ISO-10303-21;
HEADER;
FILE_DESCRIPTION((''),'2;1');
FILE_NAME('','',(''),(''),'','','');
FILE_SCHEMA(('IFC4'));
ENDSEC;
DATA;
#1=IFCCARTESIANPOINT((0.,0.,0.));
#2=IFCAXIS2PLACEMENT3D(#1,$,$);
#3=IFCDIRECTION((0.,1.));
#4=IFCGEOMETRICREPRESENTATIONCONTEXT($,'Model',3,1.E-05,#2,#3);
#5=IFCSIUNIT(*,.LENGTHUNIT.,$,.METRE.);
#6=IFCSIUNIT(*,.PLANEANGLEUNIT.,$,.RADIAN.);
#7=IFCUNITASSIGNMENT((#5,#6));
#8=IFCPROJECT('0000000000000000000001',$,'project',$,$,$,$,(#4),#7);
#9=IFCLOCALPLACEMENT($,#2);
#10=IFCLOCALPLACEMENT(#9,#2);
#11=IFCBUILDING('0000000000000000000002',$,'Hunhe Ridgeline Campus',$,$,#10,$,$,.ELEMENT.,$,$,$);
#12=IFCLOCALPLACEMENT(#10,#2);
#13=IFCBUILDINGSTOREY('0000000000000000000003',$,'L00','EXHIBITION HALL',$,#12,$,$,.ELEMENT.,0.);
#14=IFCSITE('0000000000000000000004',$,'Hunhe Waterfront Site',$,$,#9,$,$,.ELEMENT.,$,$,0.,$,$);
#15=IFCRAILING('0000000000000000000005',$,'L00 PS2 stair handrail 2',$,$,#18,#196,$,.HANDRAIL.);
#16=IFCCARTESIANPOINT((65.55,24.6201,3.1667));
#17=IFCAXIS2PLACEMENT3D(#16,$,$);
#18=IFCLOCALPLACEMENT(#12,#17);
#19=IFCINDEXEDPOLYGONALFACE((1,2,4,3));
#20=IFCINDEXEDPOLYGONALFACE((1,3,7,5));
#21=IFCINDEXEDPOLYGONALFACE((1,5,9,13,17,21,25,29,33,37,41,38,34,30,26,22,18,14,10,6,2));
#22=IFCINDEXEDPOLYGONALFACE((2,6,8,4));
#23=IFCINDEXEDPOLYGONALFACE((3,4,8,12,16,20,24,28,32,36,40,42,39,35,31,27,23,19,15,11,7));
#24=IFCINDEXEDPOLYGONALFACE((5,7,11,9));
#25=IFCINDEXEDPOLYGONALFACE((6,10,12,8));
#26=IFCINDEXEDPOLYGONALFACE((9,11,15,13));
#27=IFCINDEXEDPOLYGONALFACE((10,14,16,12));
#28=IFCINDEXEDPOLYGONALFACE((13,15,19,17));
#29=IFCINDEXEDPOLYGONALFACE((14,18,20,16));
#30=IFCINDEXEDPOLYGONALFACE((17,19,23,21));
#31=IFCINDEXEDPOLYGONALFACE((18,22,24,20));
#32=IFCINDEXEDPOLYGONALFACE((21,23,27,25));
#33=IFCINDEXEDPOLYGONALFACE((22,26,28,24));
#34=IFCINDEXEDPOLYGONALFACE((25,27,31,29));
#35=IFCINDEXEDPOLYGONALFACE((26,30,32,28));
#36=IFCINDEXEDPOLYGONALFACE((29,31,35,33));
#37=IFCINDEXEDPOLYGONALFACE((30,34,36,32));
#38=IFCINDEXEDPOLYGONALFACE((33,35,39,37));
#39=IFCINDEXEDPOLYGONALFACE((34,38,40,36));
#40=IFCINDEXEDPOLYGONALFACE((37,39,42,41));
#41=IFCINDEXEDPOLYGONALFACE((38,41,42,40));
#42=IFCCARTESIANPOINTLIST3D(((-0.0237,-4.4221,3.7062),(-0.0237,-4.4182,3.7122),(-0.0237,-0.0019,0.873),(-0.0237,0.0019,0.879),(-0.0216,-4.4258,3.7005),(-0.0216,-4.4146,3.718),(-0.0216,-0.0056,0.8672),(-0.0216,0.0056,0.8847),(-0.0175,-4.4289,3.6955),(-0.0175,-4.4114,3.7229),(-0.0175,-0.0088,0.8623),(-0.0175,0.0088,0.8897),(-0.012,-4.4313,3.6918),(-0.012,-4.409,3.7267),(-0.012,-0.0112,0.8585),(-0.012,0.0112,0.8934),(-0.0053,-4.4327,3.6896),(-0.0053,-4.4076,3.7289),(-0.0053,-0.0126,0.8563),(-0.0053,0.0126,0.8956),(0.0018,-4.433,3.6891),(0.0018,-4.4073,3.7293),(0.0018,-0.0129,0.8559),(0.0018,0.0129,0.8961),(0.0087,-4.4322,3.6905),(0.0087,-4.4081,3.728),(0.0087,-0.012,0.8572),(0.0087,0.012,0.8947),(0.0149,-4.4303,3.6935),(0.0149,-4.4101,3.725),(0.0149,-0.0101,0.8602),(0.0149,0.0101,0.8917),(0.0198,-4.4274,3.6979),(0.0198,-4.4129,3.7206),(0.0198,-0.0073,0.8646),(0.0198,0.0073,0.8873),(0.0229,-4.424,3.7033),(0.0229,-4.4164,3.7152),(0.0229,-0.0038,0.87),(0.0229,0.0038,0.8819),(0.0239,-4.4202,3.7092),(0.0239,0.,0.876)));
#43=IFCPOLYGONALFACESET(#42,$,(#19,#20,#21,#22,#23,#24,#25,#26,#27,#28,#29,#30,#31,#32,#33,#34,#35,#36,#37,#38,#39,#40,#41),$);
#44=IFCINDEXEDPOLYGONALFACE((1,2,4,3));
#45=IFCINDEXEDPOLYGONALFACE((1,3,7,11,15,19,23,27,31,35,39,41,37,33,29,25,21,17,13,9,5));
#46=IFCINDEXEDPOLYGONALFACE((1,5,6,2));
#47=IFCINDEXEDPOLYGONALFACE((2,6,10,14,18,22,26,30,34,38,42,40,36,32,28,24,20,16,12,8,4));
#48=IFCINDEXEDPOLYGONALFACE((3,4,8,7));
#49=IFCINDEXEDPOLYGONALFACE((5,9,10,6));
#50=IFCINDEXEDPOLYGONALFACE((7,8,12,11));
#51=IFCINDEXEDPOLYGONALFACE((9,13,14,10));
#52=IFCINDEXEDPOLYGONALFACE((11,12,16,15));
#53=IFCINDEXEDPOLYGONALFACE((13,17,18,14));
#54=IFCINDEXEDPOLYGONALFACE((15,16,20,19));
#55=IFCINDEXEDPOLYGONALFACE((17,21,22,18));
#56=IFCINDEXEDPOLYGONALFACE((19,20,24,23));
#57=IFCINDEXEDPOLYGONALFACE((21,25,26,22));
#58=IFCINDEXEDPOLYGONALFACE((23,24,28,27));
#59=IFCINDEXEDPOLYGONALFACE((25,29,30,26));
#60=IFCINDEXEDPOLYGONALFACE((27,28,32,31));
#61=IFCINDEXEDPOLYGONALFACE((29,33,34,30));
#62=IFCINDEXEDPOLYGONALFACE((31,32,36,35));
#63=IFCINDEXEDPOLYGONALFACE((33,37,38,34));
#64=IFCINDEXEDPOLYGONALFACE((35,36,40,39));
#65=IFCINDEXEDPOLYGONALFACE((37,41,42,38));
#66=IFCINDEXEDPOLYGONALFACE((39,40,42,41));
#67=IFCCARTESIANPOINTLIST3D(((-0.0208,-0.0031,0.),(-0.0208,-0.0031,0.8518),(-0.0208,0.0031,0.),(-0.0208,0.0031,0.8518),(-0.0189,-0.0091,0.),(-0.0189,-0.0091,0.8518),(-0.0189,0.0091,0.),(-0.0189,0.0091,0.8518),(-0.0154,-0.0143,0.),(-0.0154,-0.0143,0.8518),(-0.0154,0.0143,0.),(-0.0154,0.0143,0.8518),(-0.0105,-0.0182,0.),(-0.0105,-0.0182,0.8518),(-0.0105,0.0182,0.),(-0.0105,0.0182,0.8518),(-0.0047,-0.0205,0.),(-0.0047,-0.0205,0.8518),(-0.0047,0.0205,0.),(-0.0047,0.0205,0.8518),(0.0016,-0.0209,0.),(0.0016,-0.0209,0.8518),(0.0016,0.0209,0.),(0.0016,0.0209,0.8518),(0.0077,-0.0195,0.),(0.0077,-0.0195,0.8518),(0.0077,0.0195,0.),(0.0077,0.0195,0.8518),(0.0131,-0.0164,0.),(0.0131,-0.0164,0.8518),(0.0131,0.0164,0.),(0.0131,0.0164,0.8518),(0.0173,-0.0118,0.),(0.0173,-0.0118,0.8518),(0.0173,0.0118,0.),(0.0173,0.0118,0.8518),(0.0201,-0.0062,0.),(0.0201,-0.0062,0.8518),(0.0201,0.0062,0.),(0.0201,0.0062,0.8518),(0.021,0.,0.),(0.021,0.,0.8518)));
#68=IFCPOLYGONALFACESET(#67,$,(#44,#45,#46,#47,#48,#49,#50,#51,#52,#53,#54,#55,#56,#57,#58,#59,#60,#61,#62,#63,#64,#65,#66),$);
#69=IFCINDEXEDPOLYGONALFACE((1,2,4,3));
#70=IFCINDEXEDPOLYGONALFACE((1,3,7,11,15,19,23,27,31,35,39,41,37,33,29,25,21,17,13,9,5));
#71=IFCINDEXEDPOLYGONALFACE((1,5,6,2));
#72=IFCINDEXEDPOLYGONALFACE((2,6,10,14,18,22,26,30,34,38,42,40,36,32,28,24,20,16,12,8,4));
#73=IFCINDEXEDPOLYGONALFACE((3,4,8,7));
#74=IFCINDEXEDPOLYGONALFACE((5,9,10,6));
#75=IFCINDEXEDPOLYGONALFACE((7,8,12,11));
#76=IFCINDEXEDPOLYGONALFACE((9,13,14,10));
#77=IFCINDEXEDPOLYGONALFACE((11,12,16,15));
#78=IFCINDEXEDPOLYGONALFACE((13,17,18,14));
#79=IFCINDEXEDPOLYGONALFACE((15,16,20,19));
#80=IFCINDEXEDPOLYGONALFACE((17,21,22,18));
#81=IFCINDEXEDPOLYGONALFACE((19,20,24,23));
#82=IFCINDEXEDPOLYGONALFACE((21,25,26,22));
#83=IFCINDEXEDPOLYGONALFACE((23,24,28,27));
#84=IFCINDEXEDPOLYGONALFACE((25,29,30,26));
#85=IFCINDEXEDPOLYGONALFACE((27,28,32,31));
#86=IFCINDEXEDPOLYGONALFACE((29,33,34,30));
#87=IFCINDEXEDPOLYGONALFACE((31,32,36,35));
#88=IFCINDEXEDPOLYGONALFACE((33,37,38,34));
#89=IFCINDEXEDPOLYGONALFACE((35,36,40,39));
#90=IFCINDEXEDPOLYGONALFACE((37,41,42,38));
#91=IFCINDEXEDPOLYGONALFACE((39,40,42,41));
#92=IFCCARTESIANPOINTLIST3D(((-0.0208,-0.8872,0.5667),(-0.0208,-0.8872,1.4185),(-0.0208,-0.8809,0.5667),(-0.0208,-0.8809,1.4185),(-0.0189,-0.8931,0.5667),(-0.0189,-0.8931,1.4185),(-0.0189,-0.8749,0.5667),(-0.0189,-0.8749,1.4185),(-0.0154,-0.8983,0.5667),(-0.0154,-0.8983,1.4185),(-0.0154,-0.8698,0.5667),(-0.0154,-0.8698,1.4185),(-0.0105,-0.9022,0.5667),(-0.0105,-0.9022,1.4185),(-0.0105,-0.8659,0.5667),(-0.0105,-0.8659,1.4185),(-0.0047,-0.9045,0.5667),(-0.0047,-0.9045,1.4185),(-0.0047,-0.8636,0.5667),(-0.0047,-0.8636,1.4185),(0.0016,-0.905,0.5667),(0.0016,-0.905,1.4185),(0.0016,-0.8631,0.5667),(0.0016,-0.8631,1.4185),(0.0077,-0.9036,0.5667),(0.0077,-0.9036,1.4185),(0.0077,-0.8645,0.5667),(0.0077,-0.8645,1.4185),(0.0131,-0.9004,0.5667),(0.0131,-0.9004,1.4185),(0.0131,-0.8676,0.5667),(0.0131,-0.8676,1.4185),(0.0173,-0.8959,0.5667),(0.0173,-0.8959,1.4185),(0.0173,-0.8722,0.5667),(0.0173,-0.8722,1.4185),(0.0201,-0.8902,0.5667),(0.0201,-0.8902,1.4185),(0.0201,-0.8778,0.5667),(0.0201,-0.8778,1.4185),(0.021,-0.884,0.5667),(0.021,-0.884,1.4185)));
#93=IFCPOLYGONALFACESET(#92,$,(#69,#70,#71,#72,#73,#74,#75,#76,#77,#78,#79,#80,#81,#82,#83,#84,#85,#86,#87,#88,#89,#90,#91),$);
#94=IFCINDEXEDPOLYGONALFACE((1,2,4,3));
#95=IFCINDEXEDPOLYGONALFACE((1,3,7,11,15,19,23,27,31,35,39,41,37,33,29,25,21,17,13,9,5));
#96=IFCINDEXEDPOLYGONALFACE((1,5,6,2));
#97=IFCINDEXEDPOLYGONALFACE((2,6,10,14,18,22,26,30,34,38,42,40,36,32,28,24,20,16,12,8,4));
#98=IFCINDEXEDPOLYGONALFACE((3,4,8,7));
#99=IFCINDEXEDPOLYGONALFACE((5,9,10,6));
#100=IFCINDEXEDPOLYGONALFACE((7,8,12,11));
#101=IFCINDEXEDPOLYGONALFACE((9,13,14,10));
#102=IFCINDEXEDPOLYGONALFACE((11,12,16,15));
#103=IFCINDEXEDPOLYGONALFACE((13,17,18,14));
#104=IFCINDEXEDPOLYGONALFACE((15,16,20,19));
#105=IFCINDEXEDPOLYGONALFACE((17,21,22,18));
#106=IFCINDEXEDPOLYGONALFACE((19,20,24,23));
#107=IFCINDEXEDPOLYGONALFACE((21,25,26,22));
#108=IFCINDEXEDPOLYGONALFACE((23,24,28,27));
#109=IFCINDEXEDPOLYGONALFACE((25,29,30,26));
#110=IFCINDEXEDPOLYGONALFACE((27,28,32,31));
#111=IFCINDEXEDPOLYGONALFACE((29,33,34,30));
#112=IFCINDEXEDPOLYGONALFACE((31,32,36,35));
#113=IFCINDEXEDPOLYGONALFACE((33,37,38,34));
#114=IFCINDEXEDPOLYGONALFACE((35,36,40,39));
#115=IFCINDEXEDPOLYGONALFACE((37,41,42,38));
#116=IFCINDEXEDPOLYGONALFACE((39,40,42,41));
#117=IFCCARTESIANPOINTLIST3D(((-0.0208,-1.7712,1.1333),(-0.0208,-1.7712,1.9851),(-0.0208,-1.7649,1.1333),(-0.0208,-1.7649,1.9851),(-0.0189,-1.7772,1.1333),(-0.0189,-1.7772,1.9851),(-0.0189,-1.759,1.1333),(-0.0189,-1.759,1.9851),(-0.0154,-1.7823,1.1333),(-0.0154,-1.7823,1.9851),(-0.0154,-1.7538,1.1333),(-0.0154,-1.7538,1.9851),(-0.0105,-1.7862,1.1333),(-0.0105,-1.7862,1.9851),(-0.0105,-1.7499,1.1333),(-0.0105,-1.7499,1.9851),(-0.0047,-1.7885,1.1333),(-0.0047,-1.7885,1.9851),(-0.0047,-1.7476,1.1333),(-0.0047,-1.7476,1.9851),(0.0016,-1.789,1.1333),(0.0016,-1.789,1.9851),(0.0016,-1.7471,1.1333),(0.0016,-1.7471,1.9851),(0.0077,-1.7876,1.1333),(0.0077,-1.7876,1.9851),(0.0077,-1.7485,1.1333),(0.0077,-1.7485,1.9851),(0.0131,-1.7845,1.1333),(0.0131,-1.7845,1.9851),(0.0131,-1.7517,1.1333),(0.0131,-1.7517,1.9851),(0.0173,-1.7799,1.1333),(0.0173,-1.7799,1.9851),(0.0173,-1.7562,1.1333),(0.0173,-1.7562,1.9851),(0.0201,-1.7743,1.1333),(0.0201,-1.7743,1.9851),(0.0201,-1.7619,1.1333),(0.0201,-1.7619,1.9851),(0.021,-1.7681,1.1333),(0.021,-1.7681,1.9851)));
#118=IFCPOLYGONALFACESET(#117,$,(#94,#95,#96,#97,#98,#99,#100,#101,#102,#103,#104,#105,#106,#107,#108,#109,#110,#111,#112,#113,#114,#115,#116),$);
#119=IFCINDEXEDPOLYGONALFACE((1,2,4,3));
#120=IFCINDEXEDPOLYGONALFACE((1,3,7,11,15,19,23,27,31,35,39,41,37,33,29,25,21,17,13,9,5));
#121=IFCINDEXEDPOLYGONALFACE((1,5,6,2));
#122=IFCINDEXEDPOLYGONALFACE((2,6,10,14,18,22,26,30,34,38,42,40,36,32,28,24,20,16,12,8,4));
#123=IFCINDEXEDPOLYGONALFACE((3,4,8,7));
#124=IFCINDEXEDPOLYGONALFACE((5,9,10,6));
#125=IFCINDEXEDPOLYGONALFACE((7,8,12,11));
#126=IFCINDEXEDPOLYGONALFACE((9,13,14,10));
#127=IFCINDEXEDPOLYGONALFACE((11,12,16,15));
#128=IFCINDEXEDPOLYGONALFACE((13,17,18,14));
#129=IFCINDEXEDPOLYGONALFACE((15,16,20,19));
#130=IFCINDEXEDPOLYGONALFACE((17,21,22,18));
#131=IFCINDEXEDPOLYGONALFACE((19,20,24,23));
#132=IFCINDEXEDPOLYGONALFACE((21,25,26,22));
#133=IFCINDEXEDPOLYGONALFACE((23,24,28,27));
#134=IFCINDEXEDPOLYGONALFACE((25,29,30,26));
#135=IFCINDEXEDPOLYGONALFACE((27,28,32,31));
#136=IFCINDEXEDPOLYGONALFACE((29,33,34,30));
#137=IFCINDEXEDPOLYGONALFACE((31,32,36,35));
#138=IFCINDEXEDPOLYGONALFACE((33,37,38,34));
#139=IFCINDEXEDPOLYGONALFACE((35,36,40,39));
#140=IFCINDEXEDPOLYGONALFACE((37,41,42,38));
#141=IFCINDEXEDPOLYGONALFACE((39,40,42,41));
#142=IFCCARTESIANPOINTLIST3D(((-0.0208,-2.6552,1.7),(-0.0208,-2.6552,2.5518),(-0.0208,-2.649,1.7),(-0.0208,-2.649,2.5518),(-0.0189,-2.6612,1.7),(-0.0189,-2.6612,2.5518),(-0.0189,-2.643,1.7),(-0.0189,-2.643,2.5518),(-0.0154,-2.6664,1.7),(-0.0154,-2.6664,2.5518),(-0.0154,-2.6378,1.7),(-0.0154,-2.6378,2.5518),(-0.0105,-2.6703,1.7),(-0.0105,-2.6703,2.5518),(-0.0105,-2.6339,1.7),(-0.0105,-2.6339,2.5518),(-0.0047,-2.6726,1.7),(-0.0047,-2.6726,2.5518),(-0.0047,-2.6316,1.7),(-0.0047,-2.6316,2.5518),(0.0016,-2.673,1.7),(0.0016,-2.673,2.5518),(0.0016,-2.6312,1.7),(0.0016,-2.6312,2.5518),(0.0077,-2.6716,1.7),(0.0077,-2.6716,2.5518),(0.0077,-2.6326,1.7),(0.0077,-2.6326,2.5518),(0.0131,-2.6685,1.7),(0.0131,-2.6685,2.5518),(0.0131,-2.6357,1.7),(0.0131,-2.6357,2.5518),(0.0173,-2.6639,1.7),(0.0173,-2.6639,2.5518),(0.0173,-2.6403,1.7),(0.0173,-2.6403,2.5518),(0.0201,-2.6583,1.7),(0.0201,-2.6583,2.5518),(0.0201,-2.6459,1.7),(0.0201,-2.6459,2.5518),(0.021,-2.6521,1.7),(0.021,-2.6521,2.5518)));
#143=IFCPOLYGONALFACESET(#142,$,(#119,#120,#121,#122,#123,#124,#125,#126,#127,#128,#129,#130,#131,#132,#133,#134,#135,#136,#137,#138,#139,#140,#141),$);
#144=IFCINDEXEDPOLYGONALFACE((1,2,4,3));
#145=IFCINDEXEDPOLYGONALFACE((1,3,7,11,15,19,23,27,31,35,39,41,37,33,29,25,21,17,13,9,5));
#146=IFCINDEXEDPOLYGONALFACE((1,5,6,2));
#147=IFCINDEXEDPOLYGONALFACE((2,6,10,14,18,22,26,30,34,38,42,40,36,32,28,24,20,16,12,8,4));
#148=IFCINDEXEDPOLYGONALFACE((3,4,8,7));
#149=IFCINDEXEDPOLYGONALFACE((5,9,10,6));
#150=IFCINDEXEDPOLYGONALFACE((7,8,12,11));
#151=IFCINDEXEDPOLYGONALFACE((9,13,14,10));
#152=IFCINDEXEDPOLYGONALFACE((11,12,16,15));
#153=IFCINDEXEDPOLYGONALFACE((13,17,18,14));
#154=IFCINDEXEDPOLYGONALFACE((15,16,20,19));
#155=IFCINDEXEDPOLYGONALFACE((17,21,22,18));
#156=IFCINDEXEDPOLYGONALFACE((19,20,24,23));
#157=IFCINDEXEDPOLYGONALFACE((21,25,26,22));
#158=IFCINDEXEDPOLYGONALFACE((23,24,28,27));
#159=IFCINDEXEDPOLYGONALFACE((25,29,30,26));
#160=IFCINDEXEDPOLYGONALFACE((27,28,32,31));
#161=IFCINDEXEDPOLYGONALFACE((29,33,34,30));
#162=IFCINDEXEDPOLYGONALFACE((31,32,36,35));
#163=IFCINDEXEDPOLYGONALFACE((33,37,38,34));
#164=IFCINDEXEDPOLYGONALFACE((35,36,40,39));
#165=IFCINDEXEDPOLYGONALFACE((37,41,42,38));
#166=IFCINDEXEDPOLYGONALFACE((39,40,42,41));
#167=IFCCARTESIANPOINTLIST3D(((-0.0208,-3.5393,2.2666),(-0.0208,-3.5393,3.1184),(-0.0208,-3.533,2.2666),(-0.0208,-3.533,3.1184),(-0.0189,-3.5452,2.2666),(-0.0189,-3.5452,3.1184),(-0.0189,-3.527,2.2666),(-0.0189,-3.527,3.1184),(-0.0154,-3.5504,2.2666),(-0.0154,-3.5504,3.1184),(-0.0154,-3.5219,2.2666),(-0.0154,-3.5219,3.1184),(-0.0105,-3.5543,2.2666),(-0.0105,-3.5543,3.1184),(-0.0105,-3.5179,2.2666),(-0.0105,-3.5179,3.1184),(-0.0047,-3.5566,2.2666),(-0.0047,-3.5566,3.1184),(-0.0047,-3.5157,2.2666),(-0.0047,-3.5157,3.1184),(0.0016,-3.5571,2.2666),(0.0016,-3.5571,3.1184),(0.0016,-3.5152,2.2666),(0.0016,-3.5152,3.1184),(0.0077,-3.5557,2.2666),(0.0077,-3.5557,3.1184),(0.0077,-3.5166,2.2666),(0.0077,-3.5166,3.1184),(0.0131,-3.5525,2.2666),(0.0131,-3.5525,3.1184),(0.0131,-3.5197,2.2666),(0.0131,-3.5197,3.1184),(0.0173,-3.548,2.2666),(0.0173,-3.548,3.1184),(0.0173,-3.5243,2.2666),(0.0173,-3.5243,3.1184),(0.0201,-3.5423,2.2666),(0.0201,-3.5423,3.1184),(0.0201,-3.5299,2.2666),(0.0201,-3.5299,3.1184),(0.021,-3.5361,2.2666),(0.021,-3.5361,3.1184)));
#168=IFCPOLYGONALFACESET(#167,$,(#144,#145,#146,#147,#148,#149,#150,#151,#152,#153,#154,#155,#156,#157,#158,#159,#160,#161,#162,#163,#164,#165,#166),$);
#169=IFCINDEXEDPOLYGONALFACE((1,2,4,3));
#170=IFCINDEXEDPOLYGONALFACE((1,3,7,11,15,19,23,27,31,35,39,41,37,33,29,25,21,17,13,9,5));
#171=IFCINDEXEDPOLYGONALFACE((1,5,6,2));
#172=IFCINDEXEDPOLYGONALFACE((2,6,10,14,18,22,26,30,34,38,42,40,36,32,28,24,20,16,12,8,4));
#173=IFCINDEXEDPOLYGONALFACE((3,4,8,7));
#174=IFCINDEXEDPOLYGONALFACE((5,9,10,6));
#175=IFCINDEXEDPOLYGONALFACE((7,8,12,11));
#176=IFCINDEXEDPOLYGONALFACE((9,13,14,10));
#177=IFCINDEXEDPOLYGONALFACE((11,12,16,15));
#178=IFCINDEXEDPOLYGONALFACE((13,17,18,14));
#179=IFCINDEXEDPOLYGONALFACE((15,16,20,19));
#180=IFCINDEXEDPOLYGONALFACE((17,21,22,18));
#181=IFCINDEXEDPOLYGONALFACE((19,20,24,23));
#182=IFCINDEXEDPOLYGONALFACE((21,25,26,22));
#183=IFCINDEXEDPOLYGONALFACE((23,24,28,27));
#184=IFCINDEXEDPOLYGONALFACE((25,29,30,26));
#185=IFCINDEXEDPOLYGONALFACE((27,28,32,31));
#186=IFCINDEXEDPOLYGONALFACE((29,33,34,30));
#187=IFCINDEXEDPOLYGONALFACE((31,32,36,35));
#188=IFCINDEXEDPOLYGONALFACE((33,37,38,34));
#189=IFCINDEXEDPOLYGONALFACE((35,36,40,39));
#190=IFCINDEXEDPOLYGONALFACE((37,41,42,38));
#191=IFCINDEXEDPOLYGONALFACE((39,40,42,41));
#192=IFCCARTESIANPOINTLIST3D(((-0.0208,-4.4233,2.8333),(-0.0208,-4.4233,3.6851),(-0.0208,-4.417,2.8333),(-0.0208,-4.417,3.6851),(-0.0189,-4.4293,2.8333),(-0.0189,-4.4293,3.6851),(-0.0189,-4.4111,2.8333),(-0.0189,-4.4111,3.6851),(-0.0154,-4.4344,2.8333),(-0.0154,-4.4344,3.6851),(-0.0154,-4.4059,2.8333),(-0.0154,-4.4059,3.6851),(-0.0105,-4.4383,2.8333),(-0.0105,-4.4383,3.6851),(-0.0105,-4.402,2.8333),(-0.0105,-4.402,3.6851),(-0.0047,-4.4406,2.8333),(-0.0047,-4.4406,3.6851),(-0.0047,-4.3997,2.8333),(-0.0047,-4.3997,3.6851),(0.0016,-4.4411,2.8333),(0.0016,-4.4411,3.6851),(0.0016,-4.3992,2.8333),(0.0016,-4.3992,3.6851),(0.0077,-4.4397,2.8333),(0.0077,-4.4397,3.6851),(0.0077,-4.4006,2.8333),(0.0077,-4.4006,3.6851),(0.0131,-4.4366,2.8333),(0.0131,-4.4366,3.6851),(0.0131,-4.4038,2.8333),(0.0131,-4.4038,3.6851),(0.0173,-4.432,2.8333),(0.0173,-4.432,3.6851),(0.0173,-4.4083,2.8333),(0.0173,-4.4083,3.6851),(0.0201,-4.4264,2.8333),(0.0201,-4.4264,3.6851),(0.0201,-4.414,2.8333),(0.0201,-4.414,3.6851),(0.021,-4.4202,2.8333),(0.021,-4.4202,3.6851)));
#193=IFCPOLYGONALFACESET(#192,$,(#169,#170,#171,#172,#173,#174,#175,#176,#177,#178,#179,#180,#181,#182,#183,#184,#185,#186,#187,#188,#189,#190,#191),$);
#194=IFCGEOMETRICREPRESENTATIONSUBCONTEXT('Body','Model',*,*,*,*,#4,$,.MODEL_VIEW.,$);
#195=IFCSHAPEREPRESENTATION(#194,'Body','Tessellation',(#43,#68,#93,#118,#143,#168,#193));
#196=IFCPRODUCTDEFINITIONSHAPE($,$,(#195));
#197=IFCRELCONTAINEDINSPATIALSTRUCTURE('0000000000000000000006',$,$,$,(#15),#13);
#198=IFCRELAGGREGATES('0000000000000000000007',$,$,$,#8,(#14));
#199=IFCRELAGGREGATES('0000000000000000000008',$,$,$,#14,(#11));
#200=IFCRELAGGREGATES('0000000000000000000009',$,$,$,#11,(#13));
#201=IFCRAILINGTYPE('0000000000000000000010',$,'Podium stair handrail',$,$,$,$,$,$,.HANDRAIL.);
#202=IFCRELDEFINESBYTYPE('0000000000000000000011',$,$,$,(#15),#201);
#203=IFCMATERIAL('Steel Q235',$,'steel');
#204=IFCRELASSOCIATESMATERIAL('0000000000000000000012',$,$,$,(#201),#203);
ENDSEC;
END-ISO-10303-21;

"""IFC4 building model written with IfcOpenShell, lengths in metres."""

from ifc_helpers import new_model, si_unit, direction, frame, origin, origin_2d, place, context, subcontext, project, spatial, circle, extrude, material, type_object, element, save


model = new_model("IFC4")

# Units and contexts
model_context = context("Model", 3, precision=1e-05, world=origin(), true_north=direction((0.0, 1.0)))
body_context = subcontext(model_context, "Body", "Model", "MODEL_VIEW")
ifc_project = project(units=[si_unit("LENGTHUNIT", "METRE"), si_unit("PLANEANGLEUNIT", "RADIAN")], contexts=[model_context])

# Site, building, storey
site_placement = place(None, origin())
site = spatial("IfcSite", under=ifc_project, at=site_placement, Name="Hunhe Waterfront Site", CompositionType="ELEMENT", RefElevation=0.0)
building_placement = place(site_placement, origin())
building = spatial("IfcBuilding", under=site, at=building_placement, Name="Hunhe Ridgeline Campus", CompositionType="ELEMENT")
storey_placement = place(building_placement, origin())
storey = spatial("IfcBuildingStorey", under=building, at=storey_placement, Name="L00", Description="EXHIBITION HALL", CompositionType="ELEMENT", Elevation=0.0)

# Shared definitions
ifc_material_1 = material(Name="Steel Q235", Category="steel")

# Railing
railing_type = type_object("IfcRailingType", Name="Podium stair handrail", PredefinedType="HANDRAIL", material=ifc_material_1)
railing_placement = place(storey_placement, frame((65.55, 24.6201, 3.1667)))
element("IfcRailing", 1, at=railing_placement, inside=storey, type_object=railing_type, Name="L00 PS2 stair handrail 2", PredefinedType="HANDRAIL", context=body_context, shape_type="SweptSolid", body=[
    extrude(circle(Radius=0.0239, at=origin_2d()), frame((0.0, 0.0, 0.876), z_axis=(0.0, -0.841895, 0.539641), x_axis=(1.0, 0.0, 0.0)), (0.0, 0.0, 1.0), 5.2502),
    extrude(circle(Radius=0.021, at=origin_2d()), origin(), (0.0, 0.0, 1.0), 0.8518),
    extrude(circle(Radius=0.021, at=origin_2d()), frame((0.0, -0.884, 0.5667)), (0.0, 0.0, 1.0), 0.8518),
    extrude(circle(Radius=0.021, at=origin_2d()), frame((0.0, -1.7681, 1.1333)), (0.0, 0.0, 1.0), 0.8518),
    extrude(circle(Radius=0.021, at=origin_2d()), frame((0.0, -2.6521, 1.7)), (0.0, 0.0, 1.0), 0.8518),
    extrude(circle(Radius=0.021, at=origin_2d()), frame((0.0, -3.5361, 2.2666)), (0.0, 0.0, 1.0), 0.8518),
    extrude(circle(Radius=0.021, at=origin_2d()), frame((0.0, -4.4202, 2.8333)), (0.0, 0.0, 1.0), 0.8518),
])

save(model, "model.ifc")
